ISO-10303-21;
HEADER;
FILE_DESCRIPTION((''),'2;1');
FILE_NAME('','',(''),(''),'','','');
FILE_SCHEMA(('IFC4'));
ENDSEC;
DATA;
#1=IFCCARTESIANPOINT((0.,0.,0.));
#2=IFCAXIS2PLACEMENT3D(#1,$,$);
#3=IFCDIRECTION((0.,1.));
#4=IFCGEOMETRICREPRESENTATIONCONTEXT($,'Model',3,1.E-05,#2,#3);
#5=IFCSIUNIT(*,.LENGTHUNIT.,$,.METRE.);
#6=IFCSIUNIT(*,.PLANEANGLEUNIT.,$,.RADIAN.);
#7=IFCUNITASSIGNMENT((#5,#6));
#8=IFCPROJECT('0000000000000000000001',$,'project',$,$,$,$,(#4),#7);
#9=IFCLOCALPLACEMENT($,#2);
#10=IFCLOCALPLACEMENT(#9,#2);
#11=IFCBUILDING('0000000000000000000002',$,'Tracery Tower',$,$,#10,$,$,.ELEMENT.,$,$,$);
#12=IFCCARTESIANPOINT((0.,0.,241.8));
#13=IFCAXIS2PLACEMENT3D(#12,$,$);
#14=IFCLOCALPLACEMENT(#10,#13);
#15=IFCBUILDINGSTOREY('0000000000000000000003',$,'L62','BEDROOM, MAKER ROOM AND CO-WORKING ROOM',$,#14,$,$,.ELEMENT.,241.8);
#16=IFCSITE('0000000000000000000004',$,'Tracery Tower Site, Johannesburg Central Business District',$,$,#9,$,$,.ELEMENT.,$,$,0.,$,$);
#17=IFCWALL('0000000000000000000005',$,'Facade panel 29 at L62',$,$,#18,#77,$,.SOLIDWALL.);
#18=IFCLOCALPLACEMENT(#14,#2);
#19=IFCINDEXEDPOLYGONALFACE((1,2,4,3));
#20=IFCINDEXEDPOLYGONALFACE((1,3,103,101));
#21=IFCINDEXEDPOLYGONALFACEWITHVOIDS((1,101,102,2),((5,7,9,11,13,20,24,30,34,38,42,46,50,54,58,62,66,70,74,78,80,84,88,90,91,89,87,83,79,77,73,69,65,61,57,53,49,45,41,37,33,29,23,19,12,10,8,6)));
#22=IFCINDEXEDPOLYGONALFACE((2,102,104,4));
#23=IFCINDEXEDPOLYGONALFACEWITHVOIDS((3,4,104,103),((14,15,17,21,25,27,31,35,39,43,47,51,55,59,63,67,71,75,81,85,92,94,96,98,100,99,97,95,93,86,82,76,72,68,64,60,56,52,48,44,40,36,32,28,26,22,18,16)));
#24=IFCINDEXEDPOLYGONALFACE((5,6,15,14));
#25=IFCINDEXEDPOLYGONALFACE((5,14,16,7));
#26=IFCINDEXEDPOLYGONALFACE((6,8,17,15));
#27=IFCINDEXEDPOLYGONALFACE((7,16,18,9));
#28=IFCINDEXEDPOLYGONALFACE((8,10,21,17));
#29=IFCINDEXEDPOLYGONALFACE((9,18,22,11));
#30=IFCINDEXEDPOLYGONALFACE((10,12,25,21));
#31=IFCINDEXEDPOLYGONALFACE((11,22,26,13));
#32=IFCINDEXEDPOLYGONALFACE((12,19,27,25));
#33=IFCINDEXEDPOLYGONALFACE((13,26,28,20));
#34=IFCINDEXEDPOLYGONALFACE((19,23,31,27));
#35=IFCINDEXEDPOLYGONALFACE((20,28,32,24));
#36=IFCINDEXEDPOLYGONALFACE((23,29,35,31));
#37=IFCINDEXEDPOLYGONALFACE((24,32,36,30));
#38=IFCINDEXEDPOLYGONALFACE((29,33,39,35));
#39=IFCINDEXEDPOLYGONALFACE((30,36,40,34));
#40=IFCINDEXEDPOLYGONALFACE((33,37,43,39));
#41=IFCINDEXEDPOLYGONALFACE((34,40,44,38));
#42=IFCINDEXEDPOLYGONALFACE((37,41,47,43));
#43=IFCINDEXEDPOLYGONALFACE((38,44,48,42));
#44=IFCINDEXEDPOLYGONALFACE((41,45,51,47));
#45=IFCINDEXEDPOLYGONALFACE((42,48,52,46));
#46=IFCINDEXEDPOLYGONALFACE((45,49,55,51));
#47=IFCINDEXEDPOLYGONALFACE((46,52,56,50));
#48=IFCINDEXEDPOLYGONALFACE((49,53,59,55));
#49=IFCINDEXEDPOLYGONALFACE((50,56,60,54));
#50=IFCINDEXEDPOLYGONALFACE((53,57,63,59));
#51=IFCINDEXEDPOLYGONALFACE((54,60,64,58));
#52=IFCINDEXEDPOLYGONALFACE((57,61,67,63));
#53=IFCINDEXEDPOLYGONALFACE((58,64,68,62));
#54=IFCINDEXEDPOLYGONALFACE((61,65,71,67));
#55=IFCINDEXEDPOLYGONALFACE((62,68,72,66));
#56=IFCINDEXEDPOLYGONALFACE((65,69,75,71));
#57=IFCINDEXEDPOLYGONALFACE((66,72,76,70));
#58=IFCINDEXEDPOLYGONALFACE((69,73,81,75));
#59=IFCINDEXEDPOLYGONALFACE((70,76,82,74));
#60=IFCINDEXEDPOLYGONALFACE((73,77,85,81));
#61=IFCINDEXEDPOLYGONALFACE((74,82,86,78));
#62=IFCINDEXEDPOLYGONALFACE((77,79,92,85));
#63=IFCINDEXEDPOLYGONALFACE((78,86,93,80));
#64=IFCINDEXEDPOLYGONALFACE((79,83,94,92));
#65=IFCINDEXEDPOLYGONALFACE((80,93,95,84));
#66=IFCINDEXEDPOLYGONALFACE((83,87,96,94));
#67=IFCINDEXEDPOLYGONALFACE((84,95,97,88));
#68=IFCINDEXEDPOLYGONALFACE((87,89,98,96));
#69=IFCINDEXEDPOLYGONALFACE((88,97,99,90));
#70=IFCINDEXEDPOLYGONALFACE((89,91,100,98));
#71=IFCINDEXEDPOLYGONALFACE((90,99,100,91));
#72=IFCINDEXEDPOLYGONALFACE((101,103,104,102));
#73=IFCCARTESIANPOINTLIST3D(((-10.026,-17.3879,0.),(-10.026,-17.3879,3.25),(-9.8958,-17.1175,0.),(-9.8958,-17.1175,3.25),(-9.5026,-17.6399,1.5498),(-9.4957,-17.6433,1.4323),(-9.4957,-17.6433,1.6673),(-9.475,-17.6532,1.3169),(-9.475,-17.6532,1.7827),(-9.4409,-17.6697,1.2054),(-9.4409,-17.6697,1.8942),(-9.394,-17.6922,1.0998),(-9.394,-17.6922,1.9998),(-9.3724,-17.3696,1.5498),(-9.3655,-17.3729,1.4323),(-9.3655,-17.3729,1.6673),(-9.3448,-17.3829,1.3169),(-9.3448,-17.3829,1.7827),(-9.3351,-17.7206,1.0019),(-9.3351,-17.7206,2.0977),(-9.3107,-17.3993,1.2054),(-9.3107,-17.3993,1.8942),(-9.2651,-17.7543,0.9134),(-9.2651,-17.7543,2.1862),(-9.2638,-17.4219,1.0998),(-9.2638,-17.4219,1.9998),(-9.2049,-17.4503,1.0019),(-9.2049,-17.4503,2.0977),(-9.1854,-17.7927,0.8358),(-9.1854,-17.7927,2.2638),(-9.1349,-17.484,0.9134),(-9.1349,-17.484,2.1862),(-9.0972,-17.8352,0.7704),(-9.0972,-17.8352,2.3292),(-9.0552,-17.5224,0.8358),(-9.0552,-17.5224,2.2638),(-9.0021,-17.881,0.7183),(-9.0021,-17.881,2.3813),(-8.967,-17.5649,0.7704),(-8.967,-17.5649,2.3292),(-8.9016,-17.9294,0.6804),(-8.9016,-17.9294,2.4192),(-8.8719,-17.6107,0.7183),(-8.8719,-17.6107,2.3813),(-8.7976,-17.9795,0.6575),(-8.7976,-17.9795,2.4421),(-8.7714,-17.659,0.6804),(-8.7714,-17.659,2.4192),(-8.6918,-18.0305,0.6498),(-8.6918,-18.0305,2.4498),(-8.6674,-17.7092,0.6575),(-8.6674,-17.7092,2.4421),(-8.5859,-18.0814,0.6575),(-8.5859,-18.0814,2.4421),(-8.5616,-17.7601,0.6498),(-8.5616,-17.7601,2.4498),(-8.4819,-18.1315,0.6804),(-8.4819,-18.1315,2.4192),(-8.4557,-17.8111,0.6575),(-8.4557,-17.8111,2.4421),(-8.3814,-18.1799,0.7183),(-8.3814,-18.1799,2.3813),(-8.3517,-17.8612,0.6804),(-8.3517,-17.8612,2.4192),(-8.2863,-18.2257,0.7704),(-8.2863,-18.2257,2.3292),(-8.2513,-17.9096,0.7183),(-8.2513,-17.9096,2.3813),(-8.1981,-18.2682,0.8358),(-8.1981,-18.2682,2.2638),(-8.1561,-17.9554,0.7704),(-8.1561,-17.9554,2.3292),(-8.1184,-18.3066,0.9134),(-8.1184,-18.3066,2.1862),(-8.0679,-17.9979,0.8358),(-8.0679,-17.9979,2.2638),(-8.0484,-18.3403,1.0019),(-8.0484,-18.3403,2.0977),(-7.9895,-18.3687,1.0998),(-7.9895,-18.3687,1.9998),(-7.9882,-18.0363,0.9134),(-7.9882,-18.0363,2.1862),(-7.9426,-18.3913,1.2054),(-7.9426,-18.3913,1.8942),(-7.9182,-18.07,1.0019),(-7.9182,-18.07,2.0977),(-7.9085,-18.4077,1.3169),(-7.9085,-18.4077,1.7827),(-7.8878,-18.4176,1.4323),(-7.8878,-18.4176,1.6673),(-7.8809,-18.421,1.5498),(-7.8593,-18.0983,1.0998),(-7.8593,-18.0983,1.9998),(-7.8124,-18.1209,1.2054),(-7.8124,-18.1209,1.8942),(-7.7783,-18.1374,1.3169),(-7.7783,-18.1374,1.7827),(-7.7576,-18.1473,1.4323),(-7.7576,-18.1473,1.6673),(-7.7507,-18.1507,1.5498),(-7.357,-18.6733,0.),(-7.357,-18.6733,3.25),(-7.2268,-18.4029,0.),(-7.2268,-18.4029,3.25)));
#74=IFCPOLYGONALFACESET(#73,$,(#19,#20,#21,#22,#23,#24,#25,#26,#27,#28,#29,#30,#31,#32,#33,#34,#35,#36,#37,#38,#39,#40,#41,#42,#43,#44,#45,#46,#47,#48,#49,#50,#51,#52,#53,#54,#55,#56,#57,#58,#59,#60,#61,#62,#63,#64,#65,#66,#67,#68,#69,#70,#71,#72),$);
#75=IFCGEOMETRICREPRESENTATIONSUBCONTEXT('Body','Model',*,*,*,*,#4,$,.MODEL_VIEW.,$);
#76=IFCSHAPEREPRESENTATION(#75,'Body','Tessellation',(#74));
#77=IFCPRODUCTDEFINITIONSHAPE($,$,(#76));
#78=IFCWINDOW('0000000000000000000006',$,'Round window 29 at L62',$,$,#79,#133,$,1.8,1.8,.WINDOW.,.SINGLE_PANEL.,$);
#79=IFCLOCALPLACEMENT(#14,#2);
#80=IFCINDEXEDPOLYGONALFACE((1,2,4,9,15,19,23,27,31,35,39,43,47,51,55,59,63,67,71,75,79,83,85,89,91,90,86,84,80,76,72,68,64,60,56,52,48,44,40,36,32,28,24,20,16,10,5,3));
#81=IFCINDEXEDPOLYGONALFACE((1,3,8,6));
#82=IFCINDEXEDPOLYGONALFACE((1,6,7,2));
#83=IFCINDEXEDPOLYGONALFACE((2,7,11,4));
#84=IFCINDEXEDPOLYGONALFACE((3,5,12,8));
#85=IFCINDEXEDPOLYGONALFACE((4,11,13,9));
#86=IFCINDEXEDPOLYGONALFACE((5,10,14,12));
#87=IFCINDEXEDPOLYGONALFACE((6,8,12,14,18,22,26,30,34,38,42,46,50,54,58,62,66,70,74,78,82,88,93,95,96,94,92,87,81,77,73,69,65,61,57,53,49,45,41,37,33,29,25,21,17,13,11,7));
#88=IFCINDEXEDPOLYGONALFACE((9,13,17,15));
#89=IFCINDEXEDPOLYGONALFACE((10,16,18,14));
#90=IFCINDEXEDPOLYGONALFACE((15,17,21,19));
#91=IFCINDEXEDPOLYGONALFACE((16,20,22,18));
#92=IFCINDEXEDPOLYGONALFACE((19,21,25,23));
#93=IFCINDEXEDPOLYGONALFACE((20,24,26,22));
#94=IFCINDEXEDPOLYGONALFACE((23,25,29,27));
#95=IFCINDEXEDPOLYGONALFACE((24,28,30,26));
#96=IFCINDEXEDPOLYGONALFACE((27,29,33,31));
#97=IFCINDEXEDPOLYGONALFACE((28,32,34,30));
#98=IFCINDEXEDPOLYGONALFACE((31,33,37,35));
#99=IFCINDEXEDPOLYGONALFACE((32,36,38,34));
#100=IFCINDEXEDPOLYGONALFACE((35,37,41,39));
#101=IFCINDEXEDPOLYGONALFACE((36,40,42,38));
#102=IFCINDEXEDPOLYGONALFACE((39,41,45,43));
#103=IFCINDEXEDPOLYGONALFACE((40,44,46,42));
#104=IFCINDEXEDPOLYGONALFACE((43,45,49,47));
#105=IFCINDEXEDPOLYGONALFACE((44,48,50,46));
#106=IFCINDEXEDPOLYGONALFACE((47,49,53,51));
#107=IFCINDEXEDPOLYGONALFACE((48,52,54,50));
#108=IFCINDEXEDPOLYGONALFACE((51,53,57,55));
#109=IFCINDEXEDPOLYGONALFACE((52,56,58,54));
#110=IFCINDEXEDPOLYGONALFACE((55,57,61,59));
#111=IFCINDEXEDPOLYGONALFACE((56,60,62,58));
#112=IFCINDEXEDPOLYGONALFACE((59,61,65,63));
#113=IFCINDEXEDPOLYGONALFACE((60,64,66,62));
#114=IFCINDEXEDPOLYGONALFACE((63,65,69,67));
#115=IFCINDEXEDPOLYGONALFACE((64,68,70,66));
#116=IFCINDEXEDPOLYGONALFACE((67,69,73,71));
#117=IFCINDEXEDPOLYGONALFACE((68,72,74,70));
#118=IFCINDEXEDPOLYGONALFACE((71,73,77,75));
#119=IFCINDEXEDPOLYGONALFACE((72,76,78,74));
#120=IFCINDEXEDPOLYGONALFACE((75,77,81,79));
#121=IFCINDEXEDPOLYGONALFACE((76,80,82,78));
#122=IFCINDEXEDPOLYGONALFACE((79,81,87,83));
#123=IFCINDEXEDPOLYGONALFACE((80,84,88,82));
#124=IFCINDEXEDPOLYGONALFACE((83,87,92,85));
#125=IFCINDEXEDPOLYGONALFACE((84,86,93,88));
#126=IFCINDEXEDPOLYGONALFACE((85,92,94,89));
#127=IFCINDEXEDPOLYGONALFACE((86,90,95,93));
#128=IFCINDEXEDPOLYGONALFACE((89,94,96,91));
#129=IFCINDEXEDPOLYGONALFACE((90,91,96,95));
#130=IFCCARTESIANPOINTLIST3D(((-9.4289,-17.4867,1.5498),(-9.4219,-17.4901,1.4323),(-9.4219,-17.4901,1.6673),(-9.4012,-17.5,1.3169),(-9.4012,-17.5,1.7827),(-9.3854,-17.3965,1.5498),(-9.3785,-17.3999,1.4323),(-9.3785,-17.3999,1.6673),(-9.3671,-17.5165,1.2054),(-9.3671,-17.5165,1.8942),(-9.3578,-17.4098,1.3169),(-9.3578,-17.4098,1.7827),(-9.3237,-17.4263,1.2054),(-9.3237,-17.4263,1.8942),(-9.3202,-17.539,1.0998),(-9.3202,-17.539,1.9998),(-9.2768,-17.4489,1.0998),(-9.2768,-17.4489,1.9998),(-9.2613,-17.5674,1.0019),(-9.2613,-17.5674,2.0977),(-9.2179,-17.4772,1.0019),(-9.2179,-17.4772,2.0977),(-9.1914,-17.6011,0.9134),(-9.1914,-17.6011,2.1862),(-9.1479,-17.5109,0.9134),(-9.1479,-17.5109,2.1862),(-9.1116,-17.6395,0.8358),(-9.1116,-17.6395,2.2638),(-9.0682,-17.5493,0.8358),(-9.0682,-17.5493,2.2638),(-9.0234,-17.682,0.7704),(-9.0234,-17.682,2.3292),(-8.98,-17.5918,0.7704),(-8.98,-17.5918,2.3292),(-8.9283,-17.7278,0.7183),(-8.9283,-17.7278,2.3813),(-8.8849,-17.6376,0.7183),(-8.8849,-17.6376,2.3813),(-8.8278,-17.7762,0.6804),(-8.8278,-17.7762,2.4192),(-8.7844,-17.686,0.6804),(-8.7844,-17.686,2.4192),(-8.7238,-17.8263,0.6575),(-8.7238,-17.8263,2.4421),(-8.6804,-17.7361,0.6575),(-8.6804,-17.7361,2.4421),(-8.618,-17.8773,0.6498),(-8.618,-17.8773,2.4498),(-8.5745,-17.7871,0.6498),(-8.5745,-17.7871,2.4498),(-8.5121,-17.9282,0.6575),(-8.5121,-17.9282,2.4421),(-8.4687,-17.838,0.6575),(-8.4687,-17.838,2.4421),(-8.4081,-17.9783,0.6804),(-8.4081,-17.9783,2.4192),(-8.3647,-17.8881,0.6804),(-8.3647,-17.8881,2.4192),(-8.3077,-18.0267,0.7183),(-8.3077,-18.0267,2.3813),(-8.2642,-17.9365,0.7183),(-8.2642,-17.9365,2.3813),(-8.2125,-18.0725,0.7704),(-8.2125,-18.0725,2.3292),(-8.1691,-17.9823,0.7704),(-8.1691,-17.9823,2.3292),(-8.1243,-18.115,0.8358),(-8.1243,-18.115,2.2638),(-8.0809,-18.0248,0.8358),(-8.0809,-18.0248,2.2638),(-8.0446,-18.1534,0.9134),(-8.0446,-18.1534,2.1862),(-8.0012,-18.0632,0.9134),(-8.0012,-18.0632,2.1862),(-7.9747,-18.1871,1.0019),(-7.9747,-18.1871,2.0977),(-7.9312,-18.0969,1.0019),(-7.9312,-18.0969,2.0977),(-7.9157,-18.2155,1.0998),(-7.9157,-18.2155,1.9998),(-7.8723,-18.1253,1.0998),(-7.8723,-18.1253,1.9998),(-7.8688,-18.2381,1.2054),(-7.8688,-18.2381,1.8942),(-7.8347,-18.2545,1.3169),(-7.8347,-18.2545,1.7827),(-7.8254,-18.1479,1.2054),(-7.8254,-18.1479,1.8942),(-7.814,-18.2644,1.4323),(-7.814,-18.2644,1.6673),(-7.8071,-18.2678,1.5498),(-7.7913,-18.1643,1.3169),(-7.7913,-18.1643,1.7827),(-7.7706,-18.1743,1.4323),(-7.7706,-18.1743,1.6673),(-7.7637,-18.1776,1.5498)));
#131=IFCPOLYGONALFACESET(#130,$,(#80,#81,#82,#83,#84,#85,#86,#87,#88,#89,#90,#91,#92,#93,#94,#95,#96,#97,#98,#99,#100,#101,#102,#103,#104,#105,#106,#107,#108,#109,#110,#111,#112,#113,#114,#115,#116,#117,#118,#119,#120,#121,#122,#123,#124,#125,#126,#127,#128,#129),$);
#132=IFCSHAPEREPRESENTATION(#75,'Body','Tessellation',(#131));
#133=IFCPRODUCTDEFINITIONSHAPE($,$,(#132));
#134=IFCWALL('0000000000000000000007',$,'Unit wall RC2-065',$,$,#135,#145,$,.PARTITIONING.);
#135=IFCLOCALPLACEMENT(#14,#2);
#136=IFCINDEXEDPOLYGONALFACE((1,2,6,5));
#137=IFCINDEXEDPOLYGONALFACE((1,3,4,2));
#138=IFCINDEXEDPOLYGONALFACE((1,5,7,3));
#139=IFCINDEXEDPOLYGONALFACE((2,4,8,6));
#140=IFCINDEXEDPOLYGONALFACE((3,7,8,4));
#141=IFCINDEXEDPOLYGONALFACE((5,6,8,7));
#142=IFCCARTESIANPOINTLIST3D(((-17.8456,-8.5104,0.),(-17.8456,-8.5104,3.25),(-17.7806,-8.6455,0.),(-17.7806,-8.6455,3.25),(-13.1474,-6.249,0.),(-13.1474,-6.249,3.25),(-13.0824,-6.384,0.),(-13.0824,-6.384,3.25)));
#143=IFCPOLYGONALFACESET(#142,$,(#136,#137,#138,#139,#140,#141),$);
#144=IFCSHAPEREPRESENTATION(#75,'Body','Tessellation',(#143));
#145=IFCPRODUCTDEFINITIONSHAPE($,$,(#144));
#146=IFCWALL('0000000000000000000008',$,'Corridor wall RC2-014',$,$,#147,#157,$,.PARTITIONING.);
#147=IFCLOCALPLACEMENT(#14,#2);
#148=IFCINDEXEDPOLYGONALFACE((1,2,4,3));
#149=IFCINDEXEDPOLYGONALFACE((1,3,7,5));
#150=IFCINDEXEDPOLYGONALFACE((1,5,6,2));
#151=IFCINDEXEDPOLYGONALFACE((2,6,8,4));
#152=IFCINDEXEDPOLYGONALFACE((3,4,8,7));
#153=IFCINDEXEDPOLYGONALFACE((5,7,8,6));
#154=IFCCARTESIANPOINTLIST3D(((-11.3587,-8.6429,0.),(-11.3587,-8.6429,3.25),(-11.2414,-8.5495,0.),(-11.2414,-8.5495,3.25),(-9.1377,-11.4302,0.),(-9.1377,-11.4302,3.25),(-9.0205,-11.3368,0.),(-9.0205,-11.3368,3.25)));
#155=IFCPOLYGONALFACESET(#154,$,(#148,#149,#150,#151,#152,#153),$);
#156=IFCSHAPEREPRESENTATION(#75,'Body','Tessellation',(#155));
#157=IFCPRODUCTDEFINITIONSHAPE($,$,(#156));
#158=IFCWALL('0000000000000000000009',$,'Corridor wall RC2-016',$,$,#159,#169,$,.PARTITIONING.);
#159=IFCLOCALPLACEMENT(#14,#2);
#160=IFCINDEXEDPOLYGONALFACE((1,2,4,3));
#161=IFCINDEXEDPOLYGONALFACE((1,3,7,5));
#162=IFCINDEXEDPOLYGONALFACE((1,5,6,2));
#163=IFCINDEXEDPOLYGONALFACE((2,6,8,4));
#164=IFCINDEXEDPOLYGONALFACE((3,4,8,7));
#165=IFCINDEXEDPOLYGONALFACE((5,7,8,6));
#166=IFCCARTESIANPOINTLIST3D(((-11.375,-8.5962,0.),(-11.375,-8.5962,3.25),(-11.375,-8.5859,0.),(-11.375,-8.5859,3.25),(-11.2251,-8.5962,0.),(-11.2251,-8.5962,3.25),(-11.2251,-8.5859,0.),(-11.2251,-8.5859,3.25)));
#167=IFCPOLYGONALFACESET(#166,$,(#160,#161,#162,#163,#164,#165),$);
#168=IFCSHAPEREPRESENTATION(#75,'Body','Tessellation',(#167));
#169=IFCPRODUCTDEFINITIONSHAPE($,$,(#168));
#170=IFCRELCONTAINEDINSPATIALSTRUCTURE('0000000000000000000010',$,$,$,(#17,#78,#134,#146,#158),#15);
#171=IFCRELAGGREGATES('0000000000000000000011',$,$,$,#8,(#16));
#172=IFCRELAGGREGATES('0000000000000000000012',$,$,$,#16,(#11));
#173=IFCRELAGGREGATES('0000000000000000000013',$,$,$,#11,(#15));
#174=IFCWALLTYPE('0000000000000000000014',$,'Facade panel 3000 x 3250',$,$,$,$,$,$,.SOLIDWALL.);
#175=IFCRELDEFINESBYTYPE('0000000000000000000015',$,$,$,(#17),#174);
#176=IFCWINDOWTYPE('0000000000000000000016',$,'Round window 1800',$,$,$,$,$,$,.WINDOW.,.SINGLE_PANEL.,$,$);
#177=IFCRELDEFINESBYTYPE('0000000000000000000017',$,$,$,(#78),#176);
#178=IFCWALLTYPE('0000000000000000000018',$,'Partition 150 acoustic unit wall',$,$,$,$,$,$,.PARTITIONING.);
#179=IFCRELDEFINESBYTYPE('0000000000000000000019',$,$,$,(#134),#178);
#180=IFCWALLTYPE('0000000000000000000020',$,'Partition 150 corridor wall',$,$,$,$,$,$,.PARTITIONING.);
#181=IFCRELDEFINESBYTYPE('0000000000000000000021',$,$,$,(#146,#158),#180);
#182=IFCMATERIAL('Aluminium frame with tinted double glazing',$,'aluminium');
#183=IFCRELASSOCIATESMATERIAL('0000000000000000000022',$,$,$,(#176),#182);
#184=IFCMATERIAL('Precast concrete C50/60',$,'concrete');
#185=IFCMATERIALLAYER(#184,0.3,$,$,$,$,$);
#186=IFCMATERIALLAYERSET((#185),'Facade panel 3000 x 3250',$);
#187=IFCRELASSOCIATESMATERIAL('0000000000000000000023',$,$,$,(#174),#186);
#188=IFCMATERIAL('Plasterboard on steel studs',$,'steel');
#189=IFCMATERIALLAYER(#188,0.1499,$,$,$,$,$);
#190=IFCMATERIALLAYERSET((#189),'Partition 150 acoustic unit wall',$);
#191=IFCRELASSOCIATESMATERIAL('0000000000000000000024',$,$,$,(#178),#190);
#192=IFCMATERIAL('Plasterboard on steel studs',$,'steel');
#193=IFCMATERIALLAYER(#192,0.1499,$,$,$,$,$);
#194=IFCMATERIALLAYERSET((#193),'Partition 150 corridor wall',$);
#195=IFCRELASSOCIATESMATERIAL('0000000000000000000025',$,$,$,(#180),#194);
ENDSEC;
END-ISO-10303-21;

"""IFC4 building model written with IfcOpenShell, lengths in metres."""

from ifc_helpers import new_model, si_unit, direction, frame, frame_2d, origin, origin_2d, place, context, subcontext, project, spatial, rectangle, circle, extrude, material, layer, layer_set, type_object, element, fill, save


model = new_model("IFC4")

# Units and contexts
model_context = context("Model", 3, precision=1e-05, world=origin(), true_north=direction((0.0, 1.0)))
body_context = subcontext(model_context, "Body", "Model", "MODEL_VIEW")
ifc_project = project(units=[si_unit("LENGTHUNIT", "METRE"), si_unit("PLANEANGLEUNIT", "RADIAN")], contexts=[model_context])

# Site, building, storey
site_placement = place(None, origin())
site = spatial("IfcSite", under=ifc_project, at=site_placement, Name="Tracery Tower Site, Johannesburg Central Business District", CompositionType="ELEMENT", RefElevation=0.0)
building_placement = place(site_placement, origin())
building = spatial("IfcBuilding", under=site, at=building_placement, Name="Tracery Tower", CompositionType="ELEMENT")
storey_placement = place(building_placement, frame((0.0, 0.0, 241.8)))
storey = spatial("IfcBuildingStorey", under=building, at=storey_placement, Name="L62", Description="BEDROOM, MAKER ROOM AND CO-WORKING ROOM", CompositionType="ELEMENT", Elevation=241.8)

# Wall, opening, window
ifc_material_1 = material(Name="Aluminium frame with tinted double glazing", Category="aluminium")
window_type = type_object("IfcWindowType", Name="Round window 1800", PartitioningType="SINGLE_PANEL", PredefinedType="WINDOW", material=ifc_material_1)
ifc_material_2 = material(Name="Precast concrete C50/60", Category="concrete")
ifc_layer_1 = layer(ifc_material_2, 0.3)
ifc_layer_set_1 = layer_set([ifc_layer_1], Name="Facade panel 3000 x 3250")
wall_type_1 = type_object("IfcWallType", Name="Facade panel 3000 x 3250", PredefinedType="SOLIDWALL", material=ifc_layer_set_1)
wall_1_placement = place(storey_placement, frame((-9.9609, -17.2527, 0.0), z_axis=(0.0, 0.0, 1.0), x_axis=(0.900955, -0.433912, 0.0)))
wall_1 = element("IfcWall", 1, at=wall_1_placement, inside=storey, type_object=wall_type_1, Name="Facade panel 29 at L62", PredefinedType="SOLIDWALL", context=body_context, shape_type="SweptSolid", body=[
    extrude(rectangle(XDim=2.9624, YDim=0.3, at=frame_2d((1.4812, 0.0))), origin(), (0.0, 0.0, 1.0), 3.25),
])
opening_1_placement = place(wall_1_placement, frame((1.481, 0.0, 1.5498)))
opening_1 = element("IfcOpeningElement", 2, at=opening_1_placement, cuts=wall_1, PredefinedType="OPENING", context=body_context, shape_type="SweptSolid", body=[
    extrude(circle(Radius=0.9, at=origin_2d()), frame((0.0, 0.1599, 0.0), z_axis=(0.0, -1.0, 0.0), x_axis=(1.0, 0.0, 0.0)), (0.0, 0.0, 1.0), 0.3201),
])
window_1_placement = place(opening_1_placement, origin())
window_1 = element("IfcWindow", 3, at=window_1_placement, inside=storey, type_object=window_type, Name="Round window 29 at L62", OverallHeight=1.8, OverallWidth=1.8, PartitioningType="SINGLE_PANEL", PredefinedType="WINDOW", context=body_context, shape_type="SweptSolid", body=[
    extrude(circle(Radius=0.9, at=origin_2d()), frame((0.0, 0.1201, 0.0), z_axis=(0.0, -1.0, 0.0), x_axis=(1.0, 0.0, 0.0)), (0.0, 0.0, 1.0), 0.1001),
])
fill(opening_1, window_1)

# Walls
ifc_material_3 = material(Name="Plasterboard on steel studs", Category="steel")
ifc_layer_2 = layer(ifc_material_3, 0.1499)
ifc_layer_set_2 = layer_set([ifc_layer_2], Name="Partition 150 acoustic unit wall")
wall_type_2 = type_object("IfcWallType", Name="Partition 150 acoustic unit wall", PredefinedType="PARTITIONING", material=ifc_layer_set_2)
wall_2_placement = place(storey_placement, frame((-17.813, -8.5779, 0.0), z_axis=(0.0, 0.0, 1.0), x_axis=(0.90105, 0.433716, 0.0)))
element("IfcWall", 4, at=wall_2_placement, inside=storey, type_object=wall_type_2, Name="Unit wall RC2-065", PredefinedType="PARTITIONING", context=body_context, shape_type="SweptSolid", body=[
    extrude(rectangle(XDim=5.2141, YDim=0.1499, at=frame_2d((2.6069, 0.0))), origin(), (0.0, 0.0, 1.0), 3.25),
])
ifc_material_4 = material(Name="Plasterboard on steel studs", Category="steel")
ifc_layer_3 = layer(ifc_material_4, 0.1499)
ifc_layer_set_3 = layer_set([ifc_layer_3], Name="Partition 150 corridor wall")
wall_type_3 = type_object("IfcWallType", Name="Partition 150 corridor wall", PredefinedType="PARTITIONING", material=ifc_layer_set_3)
wall_3_placement = place(storey_placement, frame((-11.3, -8.5962, 0.0), z_axis=(0.0, 0.0, 1.0), x_axis=(0.623165, -0.78209, 0.0)))
element("IfcWall", 5, at=wall_3_placement, inside=storey, type_object=wall_type_3, Name="Corridor wall RC2-014", PredefinedType="PARTITIONING", context=body_context, shape_type="SweptSolid", body=[
    extrude(rectangle(XDim=3.564, YDim=0.1499, at=frame_2d((1.782, 0.0))), origin(), (0.0, 0.0, 1.0), 3.25),
])
wall_4_placement = place(storey_placement, frame((-11.3, -8.5962, 0.0), z_axis=(0.0, 0.0, 1.0), x_axis=(0.0, 1.0, 0.0)))
element("IfcWall", 6, at=wall_4_placement, inside=storey, type_object=wall_type_3, Name="Corridor wall RC2-016", PredefinedType="PARTITIONING", context=body_context, shape_type="SweptSolid", body=[
    extrude(rectangle(XDim=0.0103, YDim=0.1499, at=frame_2d((0.0051, 0.0))), origin(), (0.0, 0.0, 1.0), 3.25),
])

save(model, "model.ifc")
